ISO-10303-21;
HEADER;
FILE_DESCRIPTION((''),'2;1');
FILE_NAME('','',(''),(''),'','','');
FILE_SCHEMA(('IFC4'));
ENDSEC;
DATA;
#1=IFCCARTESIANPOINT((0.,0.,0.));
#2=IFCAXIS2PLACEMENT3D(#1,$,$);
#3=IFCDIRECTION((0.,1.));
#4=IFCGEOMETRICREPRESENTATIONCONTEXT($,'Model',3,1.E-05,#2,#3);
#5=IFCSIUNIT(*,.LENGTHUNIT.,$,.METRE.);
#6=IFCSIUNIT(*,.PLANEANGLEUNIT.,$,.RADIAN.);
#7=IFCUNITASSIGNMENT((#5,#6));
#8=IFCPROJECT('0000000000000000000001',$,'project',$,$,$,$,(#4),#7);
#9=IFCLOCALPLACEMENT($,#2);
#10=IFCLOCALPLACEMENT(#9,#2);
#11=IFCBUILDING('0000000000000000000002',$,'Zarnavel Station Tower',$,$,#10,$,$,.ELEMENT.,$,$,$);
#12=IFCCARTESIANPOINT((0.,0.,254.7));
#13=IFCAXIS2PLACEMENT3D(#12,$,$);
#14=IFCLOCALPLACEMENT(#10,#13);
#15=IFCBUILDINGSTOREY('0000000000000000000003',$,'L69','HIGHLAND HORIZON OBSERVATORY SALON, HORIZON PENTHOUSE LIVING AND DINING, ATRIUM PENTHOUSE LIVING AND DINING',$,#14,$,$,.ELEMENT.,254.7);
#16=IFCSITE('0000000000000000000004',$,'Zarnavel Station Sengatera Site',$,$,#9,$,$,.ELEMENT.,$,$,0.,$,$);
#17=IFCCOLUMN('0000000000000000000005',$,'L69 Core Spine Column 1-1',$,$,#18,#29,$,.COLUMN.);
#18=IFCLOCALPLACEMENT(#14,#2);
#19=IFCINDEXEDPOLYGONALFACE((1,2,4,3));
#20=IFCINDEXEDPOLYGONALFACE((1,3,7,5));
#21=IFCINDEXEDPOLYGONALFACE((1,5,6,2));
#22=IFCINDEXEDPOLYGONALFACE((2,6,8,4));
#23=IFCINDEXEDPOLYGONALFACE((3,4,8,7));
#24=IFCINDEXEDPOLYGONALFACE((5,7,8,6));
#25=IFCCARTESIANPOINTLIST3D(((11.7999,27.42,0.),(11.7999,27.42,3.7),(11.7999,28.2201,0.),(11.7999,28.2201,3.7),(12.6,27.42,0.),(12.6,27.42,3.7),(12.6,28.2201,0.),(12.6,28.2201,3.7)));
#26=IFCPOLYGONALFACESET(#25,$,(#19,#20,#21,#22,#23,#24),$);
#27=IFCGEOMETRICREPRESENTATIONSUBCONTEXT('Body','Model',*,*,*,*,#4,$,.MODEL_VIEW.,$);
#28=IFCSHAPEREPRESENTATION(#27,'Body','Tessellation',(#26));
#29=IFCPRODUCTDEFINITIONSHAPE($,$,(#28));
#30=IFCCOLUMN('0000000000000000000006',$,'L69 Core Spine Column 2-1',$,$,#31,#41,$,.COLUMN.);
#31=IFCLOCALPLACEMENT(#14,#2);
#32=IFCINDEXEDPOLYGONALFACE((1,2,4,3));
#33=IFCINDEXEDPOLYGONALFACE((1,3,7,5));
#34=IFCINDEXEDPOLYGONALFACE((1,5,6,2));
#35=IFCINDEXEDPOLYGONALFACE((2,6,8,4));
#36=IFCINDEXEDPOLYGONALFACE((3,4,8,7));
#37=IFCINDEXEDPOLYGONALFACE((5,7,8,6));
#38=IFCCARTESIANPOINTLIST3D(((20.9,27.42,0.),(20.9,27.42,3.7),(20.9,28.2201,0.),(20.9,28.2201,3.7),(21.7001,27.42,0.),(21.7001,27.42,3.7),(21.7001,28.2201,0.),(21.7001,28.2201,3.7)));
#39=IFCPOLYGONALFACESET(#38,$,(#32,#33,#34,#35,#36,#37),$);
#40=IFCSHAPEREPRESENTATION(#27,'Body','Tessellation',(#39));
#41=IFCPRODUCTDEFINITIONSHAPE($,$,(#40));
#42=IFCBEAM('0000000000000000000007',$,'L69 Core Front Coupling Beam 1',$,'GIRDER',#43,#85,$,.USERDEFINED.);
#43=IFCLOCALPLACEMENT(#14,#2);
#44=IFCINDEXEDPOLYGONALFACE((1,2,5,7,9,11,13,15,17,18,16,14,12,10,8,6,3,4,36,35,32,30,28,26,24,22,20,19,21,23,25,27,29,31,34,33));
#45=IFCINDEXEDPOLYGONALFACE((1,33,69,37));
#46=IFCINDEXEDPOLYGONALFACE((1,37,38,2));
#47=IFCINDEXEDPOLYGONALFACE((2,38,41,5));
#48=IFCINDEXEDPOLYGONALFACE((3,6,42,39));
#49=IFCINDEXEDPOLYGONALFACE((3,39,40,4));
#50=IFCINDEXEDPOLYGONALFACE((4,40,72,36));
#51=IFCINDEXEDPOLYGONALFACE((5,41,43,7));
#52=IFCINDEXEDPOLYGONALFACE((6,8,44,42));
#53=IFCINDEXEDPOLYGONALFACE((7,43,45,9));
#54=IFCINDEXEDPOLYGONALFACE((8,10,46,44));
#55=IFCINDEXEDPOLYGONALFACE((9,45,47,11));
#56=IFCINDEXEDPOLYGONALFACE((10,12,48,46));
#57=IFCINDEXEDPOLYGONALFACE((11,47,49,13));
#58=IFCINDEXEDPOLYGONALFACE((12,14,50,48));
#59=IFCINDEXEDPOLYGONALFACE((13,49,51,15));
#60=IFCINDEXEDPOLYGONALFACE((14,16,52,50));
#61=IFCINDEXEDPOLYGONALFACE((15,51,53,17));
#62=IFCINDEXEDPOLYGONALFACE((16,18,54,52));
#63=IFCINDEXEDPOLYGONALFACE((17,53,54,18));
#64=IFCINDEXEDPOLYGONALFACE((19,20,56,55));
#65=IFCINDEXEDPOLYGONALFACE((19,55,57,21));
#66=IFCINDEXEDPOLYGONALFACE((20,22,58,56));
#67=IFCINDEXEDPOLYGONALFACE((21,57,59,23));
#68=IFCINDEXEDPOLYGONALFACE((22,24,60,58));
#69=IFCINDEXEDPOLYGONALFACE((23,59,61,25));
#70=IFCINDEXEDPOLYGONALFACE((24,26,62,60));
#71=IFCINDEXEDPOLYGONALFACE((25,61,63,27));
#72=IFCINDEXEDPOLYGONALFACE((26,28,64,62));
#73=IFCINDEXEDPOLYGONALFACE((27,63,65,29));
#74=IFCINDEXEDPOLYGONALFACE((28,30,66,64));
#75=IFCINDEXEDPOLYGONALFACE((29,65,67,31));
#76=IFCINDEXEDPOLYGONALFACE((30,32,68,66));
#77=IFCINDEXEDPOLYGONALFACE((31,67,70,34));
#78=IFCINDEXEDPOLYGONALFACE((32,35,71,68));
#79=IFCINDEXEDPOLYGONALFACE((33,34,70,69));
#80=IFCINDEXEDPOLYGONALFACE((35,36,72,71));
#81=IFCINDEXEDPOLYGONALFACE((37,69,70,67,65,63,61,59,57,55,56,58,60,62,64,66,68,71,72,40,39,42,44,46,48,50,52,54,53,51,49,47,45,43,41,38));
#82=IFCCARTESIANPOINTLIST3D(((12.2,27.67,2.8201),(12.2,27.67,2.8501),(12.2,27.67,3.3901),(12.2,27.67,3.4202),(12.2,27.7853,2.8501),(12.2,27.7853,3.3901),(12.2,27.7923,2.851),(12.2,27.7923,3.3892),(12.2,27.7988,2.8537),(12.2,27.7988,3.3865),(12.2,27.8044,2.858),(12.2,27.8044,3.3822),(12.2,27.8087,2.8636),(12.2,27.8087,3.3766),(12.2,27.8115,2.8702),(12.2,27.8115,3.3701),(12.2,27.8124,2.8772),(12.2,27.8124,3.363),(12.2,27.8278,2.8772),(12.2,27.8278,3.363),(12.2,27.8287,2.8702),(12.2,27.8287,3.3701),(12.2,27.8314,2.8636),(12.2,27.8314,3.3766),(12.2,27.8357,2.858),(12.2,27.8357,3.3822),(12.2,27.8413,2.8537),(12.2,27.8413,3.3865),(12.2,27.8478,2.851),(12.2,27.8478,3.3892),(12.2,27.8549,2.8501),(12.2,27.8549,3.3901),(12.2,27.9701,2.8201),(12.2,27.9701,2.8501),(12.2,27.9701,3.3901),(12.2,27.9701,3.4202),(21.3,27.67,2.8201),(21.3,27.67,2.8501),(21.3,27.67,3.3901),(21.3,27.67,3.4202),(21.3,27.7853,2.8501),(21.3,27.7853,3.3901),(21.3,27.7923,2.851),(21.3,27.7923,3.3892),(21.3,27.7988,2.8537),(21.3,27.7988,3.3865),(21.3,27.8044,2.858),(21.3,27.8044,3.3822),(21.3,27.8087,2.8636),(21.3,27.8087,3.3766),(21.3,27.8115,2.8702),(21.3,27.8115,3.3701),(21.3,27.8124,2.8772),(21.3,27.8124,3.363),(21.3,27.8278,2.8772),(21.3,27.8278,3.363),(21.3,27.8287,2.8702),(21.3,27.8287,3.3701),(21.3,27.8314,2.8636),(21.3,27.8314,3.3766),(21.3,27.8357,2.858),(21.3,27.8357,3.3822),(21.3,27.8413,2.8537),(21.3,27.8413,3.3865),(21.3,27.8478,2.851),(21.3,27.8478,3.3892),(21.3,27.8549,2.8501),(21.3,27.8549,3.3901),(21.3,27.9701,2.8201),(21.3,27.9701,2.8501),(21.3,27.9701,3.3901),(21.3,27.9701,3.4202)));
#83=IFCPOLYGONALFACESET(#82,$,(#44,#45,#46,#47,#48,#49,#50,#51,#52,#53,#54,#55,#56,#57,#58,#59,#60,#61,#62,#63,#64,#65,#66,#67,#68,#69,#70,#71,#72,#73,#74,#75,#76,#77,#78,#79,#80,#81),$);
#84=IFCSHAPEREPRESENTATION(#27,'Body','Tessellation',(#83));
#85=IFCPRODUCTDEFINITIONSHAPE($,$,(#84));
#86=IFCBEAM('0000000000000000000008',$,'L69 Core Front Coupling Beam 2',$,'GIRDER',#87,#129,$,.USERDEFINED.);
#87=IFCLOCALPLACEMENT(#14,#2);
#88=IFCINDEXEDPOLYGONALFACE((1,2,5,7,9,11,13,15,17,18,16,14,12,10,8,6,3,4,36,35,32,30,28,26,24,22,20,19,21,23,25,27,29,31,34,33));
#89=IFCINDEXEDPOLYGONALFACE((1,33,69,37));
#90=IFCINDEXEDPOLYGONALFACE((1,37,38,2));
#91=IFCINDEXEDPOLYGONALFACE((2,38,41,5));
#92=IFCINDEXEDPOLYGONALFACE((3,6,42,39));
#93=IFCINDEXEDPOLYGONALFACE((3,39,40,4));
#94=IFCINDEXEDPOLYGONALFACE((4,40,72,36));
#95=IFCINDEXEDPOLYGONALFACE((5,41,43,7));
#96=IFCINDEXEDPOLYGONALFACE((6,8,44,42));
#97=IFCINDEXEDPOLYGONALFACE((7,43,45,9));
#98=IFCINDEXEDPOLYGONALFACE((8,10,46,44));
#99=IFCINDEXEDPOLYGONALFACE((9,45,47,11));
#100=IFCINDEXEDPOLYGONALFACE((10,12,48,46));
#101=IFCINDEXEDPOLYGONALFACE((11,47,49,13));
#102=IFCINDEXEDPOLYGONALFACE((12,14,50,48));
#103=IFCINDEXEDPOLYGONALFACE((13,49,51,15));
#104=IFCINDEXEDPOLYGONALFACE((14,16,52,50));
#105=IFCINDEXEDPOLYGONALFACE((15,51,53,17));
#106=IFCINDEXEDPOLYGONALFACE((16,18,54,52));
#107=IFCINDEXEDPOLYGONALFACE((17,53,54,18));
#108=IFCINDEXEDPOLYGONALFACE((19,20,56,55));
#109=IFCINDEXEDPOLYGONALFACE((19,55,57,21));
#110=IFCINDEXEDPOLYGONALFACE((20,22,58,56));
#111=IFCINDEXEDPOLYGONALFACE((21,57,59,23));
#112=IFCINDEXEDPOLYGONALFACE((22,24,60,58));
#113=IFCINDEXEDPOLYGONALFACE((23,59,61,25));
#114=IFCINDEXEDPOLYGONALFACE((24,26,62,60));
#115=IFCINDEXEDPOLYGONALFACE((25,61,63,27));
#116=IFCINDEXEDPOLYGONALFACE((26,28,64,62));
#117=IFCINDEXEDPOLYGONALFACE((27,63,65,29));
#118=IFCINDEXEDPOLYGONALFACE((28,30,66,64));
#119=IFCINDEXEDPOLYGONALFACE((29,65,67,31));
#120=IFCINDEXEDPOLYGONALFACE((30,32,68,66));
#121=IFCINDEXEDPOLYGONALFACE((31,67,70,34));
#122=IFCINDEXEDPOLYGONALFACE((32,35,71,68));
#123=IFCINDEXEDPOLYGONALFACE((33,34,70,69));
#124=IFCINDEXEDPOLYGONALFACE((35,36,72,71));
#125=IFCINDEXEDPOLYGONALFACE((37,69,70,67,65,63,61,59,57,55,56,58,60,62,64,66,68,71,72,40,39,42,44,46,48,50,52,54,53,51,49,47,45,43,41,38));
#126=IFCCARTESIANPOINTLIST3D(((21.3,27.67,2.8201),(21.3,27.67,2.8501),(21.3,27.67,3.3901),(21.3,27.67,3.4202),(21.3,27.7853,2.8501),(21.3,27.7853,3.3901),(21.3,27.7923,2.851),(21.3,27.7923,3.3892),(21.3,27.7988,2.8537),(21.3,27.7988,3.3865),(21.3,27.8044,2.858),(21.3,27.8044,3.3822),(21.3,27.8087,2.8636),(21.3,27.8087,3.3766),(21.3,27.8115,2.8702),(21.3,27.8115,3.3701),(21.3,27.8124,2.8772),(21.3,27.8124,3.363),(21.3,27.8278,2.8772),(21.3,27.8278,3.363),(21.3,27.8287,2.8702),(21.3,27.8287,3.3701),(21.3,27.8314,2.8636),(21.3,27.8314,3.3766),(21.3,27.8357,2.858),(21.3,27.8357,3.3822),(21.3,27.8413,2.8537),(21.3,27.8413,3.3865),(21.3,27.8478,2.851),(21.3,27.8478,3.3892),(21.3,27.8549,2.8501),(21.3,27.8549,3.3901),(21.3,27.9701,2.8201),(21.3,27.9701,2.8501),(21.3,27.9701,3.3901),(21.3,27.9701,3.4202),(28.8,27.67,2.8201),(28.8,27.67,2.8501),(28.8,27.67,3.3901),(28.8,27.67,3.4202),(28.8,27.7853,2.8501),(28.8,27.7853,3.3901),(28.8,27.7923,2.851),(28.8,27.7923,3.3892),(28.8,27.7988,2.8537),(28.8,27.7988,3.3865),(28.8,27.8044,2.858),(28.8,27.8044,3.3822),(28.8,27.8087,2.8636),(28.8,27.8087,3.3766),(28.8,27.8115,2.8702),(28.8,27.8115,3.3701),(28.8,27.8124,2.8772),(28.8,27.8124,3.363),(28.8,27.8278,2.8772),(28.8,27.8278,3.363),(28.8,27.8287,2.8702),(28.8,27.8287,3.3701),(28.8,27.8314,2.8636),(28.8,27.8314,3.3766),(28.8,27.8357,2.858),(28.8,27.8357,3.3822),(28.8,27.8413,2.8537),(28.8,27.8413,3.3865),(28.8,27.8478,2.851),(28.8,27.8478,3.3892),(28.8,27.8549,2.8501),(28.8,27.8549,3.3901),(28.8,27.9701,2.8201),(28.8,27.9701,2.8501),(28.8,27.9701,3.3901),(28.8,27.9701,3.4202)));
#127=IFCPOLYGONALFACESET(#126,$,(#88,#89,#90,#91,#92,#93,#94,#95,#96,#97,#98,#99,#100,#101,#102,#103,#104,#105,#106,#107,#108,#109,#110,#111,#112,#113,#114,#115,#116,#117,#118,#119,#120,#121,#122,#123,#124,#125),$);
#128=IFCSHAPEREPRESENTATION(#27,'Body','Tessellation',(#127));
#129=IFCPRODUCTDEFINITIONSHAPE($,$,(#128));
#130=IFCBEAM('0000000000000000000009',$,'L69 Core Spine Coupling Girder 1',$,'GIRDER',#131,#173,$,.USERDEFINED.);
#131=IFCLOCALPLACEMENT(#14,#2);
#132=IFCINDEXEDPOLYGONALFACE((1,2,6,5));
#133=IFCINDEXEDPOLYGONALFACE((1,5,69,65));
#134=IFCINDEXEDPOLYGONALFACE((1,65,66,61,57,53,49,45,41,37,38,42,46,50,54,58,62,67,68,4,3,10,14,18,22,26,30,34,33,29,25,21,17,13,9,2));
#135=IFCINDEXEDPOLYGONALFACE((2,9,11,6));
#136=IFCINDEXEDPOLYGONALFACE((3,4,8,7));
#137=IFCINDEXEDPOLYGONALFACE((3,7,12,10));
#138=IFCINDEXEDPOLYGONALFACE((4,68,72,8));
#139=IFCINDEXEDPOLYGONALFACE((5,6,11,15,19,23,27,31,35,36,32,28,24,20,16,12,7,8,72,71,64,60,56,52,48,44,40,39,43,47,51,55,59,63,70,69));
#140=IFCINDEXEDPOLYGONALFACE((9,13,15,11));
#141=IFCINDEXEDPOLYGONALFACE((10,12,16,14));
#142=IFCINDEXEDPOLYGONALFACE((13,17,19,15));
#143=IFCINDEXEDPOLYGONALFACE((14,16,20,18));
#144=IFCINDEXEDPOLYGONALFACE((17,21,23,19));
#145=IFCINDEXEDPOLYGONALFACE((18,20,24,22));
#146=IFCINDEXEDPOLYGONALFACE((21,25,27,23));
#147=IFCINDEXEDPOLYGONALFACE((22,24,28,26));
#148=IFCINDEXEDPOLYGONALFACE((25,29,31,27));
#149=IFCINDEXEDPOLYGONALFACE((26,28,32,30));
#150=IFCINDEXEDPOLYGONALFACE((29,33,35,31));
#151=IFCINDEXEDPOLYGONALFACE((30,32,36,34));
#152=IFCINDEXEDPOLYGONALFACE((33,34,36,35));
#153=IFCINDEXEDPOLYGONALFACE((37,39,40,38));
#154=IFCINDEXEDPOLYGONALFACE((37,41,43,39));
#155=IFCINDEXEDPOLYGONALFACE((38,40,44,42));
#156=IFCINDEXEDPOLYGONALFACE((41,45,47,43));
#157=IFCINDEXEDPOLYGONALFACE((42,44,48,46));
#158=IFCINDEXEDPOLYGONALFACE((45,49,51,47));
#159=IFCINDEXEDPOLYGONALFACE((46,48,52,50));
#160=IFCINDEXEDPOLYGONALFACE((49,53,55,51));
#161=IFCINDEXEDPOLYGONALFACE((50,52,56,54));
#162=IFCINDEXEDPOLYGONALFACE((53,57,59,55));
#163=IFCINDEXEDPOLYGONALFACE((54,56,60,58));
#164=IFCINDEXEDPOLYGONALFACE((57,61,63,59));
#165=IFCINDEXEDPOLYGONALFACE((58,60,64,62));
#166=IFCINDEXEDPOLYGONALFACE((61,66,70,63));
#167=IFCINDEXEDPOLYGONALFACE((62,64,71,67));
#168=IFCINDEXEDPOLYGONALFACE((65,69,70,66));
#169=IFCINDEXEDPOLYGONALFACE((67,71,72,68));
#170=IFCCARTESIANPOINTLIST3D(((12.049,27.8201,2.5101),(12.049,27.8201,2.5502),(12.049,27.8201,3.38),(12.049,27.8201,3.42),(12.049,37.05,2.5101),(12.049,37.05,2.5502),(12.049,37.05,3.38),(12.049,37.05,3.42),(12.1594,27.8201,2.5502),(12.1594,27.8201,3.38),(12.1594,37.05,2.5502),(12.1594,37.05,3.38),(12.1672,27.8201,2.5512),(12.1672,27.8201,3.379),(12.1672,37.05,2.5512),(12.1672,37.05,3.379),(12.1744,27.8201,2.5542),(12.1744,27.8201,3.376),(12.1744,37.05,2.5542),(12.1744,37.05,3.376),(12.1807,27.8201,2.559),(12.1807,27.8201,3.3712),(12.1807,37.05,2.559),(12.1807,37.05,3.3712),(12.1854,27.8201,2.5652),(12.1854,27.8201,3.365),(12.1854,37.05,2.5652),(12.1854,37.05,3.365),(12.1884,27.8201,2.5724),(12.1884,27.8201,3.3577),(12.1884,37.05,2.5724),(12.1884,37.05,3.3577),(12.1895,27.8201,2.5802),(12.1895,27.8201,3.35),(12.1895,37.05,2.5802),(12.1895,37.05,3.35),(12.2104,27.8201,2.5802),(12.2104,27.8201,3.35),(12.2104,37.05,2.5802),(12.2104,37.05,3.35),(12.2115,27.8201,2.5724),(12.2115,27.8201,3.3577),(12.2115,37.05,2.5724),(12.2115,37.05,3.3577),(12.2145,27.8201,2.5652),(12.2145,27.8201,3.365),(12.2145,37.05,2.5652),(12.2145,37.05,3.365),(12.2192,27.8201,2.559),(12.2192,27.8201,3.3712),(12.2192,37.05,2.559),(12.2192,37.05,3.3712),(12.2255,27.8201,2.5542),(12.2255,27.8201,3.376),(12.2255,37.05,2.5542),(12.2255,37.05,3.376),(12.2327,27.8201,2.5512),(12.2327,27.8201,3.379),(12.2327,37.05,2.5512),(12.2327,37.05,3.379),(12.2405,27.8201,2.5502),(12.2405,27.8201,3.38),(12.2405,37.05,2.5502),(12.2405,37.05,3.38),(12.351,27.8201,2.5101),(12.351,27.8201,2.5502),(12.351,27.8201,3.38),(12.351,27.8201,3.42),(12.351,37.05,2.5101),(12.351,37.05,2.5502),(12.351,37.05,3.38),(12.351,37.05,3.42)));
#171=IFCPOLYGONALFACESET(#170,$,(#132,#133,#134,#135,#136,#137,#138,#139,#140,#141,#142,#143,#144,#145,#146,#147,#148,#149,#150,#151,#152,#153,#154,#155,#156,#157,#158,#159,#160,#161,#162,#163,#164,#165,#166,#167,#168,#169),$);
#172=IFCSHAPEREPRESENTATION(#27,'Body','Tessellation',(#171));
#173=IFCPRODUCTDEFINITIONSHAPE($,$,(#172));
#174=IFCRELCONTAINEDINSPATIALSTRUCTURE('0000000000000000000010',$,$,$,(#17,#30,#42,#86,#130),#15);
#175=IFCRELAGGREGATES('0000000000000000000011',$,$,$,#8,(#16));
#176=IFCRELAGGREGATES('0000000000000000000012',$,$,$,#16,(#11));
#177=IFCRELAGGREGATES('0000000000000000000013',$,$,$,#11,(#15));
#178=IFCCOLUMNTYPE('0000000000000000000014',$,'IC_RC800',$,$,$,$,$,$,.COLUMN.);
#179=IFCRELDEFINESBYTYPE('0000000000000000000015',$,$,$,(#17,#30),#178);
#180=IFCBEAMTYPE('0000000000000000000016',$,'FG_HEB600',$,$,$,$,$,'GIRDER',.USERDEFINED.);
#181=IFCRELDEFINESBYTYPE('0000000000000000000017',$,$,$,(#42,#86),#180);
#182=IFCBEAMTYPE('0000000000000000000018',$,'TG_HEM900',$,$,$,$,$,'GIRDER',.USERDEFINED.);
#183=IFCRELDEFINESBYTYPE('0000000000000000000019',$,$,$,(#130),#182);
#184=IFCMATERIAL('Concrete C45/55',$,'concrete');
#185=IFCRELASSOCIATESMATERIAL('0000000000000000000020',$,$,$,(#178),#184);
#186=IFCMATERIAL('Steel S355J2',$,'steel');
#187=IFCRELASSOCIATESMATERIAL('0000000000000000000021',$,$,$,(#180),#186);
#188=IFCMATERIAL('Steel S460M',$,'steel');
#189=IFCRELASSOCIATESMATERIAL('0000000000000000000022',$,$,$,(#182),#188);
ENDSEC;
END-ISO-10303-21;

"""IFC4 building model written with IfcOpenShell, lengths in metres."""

from ifc_helpers import new_model, si_unit, direction, frame, origin, origin_2d, place, context, subcontext, project, spatial, rectangle, i_section, extrude, material, material_profile, profile_set, type_object, element, save


model = new_model("IFC4")

# Units and contexts
model_context = context("Model", 3, precision=1e-05, world=origin(), true_north=direction((0.0, 1.0)))
body_context = subcontext(model_context, "Body", "Model", "MODEL_VIEW")
ifc_project = project(units=[si_unit("LENGTHUNIT", "METRE"), si_unit("PLANEANGLEUNIT", "RADIAN")], contexts=[model_context])

# Site, building, storey
site_placement = place(None, origin())
site = spatial("IfcSite", under=ifc_project, at=site_placement, Name="Zarnavel Station Sengatera Site", CompositionType="ELEMENT", RefElevation=0.0)
building_placement = place(site_placement, origin())
building = spatial("IfcBuilding", under=site, at=building_placement, Name="Zarnavel Station Tower", CompositionType="ELEMENT")
storey_placement = place(building_placement, frame((0.0, 0.0, 254.7)))
storey = spatial("IfcBuildingStorey", under=building, at=storey_placement, Name="L69", Description="HIGHLAND HORIZON OBSERVATORY SALON, HORIZON PENTHOUSE LIVING AND DINING, ATRIUM PENTHOUSE LIVING AND DINING", CompositionType="ELEMENT", Elevation=254.7)

# Columns
ifc_material_1 = material(Name="Concrete C45/55", Category="concrete")
ifc_material_profile_1 = material_profile(ifc_material_1, rectangle(XDim=0.8, YDim=0.8, at=origin_2d()), Name="RC800x800")
ifc_profile_set_1 = profile_set([ifc_material_profile_1], Name="Concrete C45/55")
column_type = type_object("IfcColumnType", Name="IC_RC800", PredefinedType="COLUMN", material=ifc_profile_set_1)
for number, where, z_axis, x_axis, name in (
    (1, (12.2, 27.8201, 0.0), (0.0, 0.0, 1.0), (1.0, 0.0, 0.0), "L69 Core Spine Column 1-1"),
    (2, (21.3, 27.8201, 0.0), (0.0, 0.0, 1.0), (1.0, 0.0, 0.0), "L69 Core Spine Column 2-1"),
):
    element("IfcColumn", number, at=place(storey_placement, frame(where, z_axis=z_axis, x_axis=x_axis)), inside=storey, type_object=column_type, Name=name, PredefinedType="COLUMN", context=body_context, shape_type="SweptSolid", body=[
        extrude(rectangle(XDim=0.8, YDim=0.8, at=origin_2d()), origin(), (0.0, 0.0, 1.0), 3.7),
    ])

# Beams
ifc_material_2 = material(Name="Steel S355J2", Category="steel")
ifc_material_profile_2 = material_profile(ifc_material_2, i_section(OverallWidth=0.3, OverallDepth=0.6001, WebThickness=0.0154, FlangeThickness=0.03, FilletRadius=0.0271, at=origin_2d()), Name="HEB600")
ifc_profile_set_2 = profile_set([ifc_material_profile_2], Name="Steel S355J2")
beam_type_1 = type_object("IfcBeamType", Name="FG_HEB600", ElementType="GIRDER", PredefinedType="USERDEFINED", material=ifc_profile_set_2)
beam_1_placement = place(storey_placement, frame((12.2, 27.8201, 3.1201), z_axis=(1.0, 0.0, 0.0), x_axis=(0.0, 1.0, 0.0)))
element("IfcBeam", 3, at=beam_1_placement, inside=storey, type_object=beam_type_1, Name="L69 Core Front Coupling Beam 1", ObjectType="GIRDER", PredefinedType="USERDEFINED", context=body_context, shape_type="SweptSolid", body=[
    extrude(i_section(OverallWidth=0.3, OverallDepth=0.6001, WebThickness=0.0154, FlangeThickness=0.03, FilletRadius=0.0271, at=origin_2d()), origin(), (0.0, 0.0, 1.0), 9.1001),
])
beam_2_placement = place(storey_placement, frame((21.3, 27.8201, 3.1201), z_axis=(1.0, 0.0, 0.0), x_axis=(0.0, 1.0, 0.0)))
element("IfcBeam", 4, at=beam_2_placement, inside=storey, type_object=beam_type_1, Name="L69 Core Front Coupling Beam 2", ObjectType="GIRDER", PredefinedType="USERDEFINED", context=body_context, shape_type="SweptSolid", body=[
    extrude(i_section(OverallWidth=0.3, OverallDepth=0.6001, WebThickness=0.0154, FlangeThickness=0.03, FilletRadius=0.0271, at=origin_2d()), origin(), (0.0, 0.0, 1.0), 7.5),
])
ifc_material_3 = material(Name="Steel S460M", Category="steel")
ifc_material_profile_3 = material_profile(ifc_material_3, i_section(OverallWidth=0.302, OverallDepth=0.9099, WebThickness=0.021, FlangeThickness=0.04, FilletRadius=0.03, at=origin_2d()), Name="HEM900")
ifc_profile_set_3 = profile_set([ifc_material_profile_3], Name="Steel S460M")
beam_type_2 = type_object("IfcBeamType", Name="TG_HEM900", ElementType="GIRDER", PredefinedType="USERDEFINED", material=ifc_profile_set_3)
for number, where, z_axis, x_axis, name in (
    (5, (12.2, 27.8201, 2.9651), (0.0, 1.0, 0.0), (-1.0, 0.0, 0.0), "L69 Core Spine Coupling Girder 1"),
):
    element("IfcBeam", number, at=place(storey_placement, frame(where, z_axis=z_axis, x_axis=x_axis)), inside=storey, type_object=beam_type_2, Name=name, ObjectType="GIRDER", PredefinedType="USERDEFINED", context=body_context, shape_type="SweptSolid", body=[
        extrude(i_section(OverallWidth=0.302, OverallDepth=0.9099, WebThickness=0.021, FlangeThickness=0.04, FilletRadius=0.03, at=origin_2d()), origin(), (0.0, 0.0, 1.0), 9.23),
    ])

save(model, "model.ifc")
